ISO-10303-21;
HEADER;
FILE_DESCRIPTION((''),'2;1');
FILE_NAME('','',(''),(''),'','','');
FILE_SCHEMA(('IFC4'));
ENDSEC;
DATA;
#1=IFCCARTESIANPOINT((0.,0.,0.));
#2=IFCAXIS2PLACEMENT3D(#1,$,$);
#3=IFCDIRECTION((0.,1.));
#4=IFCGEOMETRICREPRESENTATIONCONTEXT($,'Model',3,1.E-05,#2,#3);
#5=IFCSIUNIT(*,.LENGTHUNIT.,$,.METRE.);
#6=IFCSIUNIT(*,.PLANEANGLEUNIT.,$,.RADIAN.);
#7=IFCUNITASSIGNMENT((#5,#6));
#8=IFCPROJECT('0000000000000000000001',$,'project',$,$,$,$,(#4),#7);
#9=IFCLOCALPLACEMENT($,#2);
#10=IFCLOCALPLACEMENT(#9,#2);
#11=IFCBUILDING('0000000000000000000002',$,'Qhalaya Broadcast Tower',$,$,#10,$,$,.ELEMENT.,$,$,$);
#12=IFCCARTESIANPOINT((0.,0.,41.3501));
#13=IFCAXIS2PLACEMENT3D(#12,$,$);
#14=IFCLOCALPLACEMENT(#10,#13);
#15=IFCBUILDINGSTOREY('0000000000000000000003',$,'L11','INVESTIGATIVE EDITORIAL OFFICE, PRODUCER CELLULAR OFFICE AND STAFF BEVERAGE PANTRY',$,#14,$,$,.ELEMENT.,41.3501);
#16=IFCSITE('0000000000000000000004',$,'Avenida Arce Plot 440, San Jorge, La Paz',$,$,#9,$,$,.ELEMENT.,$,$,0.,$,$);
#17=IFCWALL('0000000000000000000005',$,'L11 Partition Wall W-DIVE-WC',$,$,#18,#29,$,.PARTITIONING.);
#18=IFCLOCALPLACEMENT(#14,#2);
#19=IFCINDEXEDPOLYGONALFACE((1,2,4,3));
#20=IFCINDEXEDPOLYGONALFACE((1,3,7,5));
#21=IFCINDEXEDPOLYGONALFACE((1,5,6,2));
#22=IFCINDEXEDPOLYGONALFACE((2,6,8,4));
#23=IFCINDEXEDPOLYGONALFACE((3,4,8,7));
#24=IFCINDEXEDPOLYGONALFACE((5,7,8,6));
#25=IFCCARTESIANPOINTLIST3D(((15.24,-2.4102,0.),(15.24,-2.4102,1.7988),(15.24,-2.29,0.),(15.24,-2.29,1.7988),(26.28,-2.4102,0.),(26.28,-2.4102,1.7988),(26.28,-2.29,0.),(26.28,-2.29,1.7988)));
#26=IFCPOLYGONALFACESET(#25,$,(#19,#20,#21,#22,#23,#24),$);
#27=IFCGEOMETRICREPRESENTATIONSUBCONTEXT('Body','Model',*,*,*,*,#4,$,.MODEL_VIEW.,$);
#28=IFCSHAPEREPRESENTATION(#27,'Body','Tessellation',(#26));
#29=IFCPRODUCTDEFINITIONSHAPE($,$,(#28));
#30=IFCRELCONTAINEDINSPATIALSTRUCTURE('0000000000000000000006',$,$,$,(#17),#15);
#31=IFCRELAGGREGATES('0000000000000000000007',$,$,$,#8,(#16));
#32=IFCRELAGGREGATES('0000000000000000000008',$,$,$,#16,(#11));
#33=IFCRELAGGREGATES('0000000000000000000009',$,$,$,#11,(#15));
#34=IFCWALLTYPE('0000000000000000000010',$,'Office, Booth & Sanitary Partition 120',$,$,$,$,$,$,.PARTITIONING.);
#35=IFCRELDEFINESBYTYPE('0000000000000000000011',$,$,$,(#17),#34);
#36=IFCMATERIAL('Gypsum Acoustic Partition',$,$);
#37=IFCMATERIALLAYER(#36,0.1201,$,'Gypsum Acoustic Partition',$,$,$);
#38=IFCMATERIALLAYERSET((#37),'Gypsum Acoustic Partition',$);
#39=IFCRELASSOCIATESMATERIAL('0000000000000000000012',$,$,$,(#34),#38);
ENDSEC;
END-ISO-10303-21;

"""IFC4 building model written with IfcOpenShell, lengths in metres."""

from ifc_helpers import new_model, si_unit, direction, frame, frame_2d, origin, place, context, subcontext, project, spatial, rectangle, extrude, material, layer, layer_set, type_object, element, save


model = new_model("IFC4")

# Units and contexts
model_context = context("Model", 3, precision=1e-05, world=origin(), true_north=direction((0.0, 1.0)))
body_context = subcontext(model_context, "Body", "Model", "MODEL_VIEW")
ifc_project = project(units=[si_unit("LENGTHUNIT", "METRE"), si_unit("PLANEANGLEUNIT", "RADIAN")], contexts=[model_context])

# Site, building, storey
site_placement = place(None, origin())
site = spatial("IfcSite", under=ifc_project, at=site_placement, Name="Avenida Arce Plot 440, San Jorge, La Paz", CompositionType="ELEMENT", RefElevation=0.0)
building_placement = place(site_placement, origin())
building = spatial("IfcBuilding", under=site, at=building_placement, Name="Qhalaya Broadcast Tower", CompositionType="ELEMENT")
storey_placement = place(building_placement, frame((0.0, 0.0, 41.3501)))
storey = spatial("IfcBuildingStorey", under=building, at=storey_placement, Name="L11", Description="INVESTIGATIVE EDITORIAL OFFICE, PRODUCER CELLULAR OFFICE AND STAFF BEVERAGE PANTRY", CompositionType="ELEMENT", Elevation=41.3501)

# Shared definitions
ifc_material_1 = material(Name="Gypsum Acoustic Partition")
ifc_layer_1 = layer(ifc_material_1, 0.1201, Name="Gypsum Acoustic Partition")
ifc_layer_set_1 = layer_set([ifc_layer_1], Name="Gypsum Acoustic Partition")
wall_type_1 = type_object("IfcWallType", Name="Office, Booth & Sanitary Partition 120", PredefinedType="PARTITIONING", material=ifc_layer_set_1)

# Wall
wall_1_placement = place(storey_placement, frame((15.24, -2.3501, 0.0), z_axis=(0.0, 0.0, 1.0), x_axis=(1.0, 0.0, 0.0)))
element("IfcWall", 1, at=wall_1_placement, inside=storey, type_object=wall_type_1, Name="L11 Partition Wall W-DIVE-WC", PredefinedType="PARTITIONING", context=body_context, shape_type="SweptSolid", body=[
    extrude(rectangle(XDim=11.04, YDim=0.1201, at=frame_2d((5.52, 0.0))), origin(), (0.0, 0.0, 1.0), 1.7988),
])

save(model, "model.ifc")
